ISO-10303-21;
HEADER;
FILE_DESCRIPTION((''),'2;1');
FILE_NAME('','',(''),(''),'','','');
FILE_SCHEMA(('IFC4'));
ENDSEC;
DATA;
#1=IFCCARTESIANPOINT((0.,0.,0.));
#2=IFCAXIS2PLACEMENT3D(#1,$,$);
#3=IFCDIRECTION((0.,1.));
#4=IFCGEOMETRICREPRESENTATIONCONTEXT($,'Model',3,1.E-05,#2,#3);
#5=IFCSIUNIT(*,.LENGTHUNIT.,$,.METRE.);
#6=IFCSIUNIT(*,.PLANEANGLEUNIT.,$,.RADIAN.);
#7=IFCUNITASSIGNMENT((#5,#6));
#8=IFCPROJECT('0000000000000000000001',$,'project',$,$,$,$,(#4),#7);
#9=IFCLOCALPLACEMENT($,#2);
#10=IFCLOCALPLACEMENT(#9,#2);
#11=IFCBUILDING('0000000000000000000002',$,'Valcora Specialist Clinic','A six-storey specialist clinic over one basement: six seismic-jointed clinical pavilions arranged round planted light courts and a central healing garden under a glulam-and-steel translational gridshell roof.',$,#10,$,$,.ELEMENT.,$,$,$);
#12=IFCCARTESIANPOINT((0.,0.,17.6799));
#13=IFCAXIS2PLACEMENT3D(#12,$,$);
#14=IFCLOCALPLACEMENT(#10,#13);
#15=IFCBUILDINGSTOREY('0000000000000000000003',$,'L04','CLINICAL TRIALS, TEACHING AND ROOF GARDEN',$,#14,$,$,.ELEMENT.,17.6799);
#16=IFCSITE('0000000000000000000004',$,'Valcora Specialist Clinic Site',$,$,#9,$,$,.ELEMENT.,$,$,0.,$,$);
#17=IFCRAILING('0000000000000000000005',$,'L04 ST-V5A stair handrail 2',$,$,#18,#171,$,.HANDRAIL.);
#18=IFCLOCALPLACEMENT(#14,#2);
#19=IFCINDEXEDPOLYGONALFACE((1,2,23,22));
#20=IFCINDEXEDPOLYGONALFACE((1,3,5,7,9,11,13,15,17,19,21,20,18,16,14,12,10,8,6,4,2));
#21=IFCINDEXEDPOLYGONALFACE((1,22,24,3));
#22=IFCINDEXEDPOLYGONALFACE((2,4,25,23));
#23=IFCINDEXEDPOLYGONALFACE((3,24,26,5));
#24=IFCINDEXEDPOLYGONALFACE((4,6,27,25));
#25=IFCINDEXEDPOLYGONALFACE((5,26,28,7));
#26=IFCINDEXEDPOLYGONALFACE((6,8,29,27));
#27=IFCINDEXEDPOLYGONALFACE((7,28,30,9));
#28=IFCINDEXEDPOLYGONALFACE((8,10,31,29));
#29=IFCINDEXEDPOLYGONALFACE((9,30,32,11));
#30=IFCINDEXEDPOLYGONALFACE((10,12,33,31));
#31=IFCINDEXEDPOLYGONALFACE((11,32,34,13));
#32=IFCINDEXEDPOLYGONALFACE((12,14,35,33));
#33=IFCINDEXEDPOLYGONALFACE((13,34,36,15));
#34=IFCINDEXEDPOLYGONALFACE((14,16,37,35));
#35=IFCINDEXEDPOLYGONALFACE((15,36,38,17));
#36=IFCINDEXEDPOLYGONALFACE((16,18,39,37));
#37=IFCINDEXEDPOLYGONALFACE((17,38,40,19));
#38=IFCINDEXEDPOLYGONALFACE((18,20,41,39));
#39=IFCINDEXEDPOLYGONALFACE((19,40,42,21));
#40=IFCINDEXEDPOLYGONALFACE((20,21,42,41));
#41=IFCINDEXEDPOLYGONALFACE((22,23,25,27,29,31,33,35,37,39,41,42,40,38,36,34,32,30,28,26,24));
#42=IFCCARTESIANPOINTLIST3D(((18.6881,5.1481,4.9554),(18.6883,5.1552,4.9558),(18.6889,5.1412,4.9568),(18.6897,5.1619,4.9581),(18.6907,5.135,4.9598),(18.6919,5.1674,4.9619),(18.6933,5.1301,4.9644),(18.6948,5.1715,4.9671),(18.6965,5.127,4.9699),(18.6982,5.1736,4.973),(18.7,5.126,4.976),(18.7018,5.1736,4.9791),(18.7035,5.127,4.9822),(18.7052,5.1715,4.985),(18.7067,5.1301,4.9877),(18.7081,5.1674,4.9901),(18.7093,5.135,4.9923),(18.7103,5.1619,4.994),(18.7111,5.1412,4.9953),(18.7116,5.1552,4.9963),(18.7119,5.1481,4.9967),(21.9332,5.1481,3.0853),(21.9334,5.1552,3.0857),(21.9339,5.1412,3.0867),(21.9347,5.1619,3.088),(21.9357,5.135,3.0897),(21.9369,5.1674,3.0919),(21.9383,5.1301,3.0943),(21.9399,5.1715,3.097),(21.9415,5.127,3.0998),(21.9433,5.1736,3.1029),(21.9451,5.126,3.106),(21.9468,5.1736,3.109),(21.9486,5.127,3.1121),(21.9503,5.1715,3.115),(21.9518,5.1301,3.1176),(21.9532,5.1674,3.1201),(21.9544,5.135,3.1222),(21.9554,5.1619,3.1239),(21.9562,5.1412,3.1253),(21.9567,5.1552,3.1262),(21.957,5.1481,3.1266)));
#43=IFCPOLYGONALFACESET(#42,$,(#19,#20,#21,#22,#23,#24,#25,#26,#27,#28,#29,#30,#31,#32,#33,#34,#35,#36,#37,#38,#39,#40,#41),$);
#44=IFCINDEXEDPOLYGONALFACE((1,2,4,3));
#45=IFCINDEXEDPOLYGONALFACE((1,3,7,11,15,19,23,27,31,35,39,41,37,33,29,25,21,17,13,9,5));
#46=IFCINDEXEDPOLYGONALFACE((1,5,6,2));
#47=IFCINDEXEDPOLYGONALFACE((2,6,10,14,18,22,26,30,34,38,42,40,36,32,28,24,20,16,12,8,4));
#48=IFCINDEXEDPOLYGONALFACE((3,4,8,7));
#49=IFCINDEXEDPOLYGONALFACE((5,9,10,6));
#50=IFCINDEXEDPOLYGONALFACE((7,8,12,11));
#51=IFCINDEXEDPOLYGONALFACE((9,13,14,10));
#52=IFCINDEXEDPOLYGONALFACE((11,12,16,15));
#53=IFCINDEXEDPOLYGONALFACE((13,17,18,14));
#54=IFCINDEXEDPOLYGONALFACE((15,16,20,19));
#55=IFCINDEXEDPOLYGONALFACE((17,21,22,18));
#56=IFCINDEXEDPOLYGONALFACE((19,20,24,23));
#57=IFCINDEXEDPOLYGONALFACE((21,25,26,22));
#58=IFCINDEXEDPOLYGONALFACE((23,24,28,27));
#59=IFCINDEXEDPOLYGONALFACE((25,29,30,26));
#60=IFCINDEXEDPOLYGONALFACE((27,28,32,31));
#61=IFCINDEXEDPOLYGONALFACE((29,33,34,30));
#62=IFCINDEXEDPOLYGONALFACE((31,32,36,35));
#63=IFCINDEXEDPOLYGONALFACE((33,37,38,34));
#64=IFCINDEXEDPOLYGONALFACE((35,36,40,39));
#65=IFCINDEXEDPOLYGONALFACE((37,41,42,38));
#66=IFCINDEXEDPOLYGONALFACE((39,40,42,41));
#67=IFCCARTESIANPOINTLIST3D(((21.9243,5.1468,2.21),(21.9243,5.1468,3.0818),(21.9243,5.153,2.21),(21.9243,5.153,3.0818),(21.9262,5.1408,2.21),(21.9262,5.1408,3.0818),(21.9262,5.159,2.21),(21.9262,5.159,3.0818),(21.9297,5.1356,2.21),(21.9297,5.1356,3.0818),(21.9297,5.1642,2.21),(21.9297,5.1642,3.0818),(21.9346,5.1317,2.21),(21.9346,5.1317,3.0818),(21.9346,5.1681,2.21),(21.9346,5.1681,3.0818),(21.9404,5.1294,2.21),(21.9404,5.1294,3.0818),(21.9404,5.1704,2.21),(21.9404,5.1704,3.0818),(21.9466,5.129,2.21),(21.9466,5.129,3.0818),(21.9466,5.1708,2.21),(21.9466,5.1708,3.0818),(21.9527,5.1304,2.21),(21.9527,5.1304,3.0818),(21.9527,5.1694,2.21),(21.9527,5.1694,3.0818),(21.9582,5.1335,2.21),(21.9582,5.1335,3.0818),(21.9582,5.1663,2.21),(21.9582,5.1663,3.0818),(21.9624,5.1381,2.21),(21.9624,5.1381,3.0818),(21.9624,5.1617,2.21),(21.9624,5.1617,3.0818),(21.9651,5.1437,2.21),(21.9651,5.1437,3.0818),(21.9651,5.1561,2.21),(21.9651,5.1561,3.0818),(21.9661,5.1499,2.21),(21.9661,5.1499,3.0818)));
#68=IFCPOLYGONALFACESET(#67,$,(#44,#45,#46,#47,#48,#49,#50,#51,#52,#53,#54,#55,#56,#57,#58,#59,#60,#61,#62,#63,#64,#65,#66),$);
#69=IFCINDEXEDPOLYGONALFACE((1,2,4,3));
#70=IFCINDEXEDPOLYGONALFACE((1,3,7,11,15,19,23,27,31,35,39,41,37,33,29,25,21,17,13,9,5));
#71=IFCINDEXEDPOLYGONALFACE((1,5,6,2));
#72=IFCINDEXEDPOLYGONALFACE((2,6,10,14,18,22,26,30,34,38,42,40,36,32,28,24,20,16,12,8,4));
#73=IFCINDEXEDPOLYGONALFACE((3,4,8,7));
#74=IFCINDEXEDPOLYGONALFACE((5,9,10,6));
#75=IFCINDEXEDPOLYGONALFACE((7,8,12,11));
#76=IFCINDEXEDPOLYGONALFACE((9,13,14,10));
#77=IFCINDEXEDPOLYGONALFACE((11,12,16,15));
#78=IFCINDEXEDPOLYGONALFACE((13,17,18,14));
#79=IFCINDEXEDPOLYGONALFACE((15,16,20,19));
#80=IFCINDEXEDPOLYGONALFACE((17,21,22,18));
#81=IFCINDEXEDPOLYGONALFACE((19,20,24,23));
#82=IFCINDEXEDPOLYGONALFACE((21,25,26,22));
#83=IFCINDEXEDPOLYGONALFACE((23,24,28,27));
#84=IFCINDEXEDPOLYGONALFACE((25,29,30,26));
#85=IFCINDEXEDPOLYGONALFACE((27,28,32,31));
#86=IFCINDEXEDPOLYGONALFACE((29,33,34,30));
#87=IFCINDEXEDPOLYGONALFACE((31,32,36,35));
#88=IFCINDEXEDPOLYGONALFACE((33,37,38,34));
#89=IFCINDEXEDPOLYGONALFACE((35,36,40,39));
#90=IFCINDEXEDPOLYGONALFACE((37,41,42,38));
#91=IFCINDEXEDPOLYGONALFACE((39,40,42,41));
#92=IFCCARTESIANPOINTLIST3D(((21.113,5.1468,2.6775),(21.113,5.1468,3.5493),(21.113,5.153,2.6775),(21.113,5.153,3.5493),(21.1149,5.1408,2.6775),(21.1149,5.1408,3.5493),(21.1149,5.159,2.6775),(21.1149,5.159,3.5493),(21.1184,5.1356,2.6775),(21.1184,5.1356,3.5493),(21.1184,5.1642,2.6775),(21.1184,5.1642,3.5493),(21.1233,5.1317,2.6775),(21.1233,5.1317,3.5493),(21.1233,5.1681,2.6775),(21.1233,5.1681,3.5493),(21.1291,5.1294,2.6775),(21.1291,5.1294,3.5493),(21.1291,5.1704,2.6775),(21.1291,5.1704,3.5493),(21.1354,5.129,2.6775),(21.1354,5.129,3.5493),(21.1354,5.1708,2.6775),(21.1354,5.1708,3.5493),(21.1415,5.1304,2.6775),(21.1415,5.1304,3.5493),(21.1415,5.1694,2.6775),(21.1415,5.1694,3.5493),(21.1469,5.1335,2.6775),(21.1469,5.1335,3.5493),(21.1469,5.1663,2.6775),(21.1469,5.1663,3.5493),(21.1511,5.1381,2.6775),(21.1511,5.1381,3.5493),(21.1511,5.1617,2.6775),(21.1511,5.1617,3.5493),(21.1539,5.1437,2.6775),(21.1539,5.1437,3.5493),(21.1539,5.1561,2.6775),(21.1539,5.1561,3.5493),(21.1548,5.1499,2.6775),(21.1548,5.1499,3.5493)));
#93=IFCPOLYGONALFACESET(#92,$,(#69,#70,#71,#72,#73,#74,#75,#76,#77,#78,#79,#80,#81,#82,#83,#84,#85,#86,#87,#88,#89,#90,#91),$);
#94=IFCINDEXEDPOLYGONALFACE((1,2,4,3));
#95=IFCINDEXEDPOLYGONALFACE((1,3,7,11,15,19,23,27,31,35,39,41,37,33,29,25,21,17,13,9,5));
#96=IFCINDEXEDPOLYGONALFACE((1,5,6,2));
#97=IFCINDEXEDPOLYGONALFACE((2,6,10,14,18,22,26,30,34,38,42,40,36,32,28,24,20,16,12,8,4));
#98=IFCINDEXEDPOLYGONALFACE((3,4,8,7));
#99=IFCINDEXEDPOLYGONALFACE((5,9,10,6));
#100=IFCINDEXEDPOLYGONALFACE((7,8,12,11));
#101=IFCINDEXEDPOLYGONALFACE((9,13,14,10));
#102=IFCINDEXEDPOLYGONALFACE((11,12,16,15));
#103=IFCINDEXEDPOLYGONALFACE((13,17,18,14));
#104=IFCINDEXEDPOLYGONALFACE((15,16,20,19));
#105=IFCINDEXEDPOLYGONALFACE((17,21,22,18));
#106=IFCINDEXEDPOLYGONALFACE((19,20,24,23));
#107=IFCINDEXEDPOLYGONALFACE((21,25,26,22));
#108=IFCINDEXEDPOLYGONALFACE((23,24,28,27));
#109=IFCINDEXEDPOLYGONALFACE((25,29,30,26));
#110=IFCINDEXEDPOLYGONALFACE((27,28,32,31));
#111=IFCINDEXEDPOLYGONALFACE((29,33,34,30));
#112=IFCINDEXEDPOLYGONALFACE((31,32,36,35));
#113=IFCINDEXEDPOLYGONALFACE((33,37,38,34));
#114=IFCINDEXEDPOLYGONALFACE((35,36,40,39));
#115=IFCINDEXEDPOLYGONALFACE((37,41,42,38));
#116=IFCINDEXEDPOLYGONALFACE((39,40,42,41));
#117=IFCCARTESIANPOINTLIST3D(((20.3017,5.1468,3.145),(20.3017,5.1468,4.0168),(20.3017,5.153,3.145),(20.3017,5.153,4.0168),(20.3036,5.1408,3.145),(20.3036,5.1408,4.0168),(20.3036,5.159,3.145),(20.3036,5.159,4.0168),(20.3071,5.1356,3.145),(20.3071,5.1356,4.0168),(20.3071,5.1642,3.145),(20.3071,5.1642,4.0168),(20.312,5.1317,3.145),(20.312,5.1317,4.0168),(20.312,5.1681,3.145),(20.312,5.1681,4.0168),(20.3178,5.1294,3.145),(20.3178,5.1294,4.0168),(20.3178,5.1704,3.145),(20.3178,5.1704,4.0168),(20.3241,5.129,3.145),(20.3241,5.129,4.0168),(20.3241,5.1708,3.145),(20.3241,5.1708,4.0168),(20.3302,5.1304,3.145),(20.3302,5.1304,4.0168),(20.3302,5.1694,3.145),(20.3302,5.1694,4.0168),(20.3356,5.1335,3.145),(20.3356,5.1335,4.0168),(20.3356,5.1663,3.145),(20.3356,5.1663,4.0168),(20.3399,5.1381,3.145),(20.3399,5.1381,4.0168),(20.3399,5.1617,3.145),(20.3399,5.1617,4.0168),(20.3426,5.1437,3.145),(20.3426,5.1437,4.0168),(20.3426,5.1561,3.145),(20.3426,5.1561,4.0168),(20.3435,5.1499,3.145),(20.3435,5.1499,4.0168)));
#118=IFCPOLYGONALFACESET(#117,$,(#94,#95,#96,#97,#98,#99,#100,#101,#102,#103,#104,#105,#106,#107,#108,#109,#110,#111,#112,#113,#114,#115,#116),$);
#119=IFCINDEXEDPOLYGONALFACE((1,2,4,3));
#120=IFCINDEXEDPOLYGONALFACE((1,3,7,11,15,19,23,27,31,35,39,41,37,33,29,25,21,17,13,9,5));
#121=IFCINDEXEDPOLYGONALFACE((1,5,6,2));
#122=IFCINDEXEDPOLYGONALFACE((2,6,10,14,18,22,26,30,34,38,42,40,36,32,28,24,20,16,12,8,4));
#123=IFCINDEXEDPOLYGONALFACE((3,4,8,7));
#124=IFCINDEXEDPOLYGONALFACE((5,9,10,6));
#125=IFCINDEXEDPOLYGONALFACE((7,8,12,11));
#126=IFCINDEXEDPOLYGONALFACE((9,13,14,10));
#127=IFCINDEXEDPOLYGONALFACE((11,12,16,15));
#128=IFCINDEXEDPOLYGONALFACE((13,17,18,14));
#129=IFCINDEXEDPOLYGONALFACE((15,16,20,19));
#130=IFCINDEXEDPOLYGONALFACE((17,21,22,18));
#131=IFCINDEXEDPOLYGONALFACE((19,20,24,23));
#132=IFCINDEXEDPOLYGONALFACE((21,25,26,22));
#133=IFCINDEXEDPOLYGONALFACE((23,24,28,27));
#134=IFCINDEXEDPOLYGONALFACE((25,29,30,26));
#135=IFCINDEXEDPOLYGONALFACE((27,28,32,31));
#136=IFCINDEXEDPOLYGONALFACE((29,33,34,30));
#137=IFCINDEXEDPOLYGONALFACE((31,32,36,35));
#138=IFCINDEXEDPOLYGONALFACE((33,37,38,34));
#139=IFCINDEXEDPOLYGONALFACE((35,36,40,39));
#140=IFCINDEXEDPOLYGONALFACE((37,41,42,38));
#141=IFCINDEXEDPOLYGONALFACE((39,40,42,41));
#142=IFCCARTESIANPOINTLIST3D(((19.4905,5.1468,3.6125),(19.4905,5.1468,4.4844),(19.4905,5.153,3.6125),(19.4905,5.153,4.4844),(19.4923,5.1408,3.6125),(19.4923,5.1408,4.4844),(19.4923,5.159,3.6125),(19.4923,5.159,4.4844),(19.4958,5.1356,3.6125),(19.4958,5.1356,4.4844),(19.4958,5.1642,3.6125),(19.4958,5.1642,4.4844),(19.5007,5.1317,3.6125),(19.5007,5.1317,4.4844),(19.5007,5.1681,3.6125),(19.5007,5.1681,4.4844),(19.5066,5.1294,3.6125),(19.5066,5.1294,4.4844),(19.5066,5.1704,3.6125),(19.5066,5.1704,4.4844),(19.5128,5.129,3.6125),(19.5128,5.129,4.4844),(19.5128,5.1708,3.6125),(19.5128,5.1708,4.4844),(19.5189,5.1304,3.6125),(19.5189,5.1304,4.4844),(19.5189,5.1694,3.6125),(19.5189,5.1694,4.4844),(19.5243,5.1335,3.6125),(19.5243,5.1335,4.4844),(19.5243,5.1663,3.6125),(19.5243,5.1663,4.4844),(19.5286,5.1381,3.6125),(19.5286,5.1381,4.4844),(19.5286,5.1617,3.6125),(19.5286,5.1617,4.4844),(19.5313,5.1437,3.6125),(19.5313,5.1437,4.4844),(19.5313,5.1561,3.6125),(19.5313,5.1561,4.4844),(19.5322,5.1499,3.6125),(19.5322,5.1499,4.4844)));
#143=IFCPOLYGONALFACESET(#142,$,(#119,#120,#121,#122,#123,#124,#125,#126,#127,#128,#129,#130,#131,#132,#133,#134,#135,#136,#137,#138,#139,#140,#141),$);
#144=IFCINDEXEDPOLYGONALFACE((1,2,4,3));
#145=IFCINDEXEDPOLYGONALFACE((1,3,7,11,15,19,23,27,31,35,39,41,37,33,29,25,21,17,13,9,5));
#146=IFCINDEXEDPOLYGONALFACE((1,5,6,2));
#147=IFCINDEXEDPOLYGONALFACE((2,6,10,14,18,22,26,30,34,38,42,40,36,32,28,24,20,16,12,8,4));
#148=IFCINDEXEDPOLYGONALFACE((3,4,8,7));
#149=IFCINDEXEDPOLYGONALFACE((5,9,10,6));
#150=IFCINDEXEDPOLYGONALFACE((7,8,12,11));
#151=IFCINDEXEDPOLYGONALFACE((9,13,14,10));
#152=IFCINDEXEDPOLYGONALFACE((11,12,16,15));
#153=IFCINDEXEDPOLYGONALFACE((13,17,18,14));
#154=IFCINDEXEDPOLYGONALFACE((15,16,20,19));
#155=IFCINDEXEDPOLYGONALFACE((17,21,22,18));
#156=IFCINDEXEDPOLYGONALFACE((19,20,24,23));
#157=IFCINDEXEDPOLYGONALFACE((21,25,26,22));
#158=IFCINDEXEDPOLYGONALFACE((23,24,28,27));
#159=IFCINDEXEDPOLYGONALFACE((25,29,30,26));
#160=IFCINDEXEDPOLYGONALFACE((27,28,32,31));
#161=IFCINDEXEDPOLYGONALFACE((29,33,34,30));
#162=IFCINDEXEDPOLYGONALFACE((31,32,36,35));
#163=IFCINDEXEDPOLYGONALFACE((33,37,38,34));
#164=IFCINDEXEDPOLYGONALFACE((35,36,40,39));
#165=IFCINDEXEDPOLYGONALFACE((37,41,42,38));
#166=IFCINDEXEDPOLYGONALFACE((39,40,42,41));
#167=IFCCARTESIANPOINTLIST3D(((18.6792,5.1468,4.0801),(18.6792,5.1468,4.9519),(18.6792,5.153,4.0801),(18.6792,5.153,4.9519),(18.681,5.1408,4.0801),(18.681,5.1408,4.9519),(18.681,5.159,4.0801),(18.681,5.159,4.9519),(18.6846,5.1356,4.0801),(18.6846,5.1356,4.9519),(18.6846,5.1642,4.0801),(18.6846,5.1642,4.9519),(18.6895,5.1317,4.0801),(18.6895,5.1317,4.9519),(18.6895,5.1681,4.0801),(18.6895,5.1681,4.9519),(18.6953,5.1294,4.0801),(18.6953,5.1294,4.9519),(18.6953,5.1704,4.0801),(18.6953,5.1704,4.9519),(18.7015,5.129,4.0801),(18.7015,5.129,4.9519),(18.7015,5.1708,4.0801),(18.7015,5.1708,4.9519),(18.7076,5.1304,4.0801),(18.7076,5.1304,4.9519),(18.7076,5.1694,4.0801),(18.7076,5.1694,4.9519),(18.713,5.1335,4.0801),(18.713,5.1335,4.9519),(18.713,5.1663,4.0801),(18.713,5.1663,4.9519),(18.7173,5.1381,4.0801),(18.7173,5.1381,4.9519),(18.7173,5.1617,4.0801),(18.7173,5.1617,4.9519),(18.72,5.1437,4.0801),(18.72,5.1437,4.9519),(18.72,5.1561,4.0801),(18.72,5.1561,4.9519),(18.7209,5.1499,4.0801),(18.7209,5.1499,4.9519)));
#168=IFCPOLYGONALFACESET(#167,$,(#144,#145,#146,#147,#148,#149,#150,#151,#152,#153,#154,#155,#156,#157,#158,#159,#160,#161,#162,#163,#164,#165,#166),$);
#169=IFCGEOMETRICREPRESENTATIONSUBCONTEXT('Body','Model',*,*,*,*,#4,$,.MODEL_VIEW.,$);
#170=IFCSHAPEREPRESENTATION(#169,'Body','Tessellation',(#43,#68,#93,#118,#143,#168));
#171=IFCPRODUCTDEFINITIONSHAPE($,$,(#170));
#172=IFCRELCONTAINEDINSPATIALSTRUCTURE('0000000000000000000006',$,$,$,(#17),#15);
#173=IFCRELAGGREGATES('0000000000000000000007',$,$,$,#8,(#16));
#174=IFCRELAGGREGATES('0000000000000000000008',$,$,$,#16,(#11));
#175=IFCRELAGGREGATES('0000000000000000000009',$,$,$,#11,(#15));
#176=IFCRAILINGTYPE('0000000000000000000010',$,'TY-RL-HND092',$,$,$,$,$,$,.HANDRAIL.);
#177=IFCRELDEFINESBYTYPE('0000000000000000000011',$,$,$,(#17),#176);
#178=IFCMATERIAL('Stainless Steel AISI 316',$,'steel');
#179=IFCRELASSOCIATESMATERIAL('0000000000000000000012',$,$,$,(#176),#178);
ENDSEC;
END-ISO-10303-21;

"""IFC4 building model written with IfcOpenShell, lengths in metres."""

from ifc_helpers import new_model, si_unit, direction, frame, origin, origin_2d, place, context, subcontext, project, spatial, circle, extrude, material, type_object, element, save


model = new_model("IFC4")

# Units and contexts
model_context = context("Model", 3, precision=1e-05, world=origin(), true_north=direction((0.0, 1.0)))
body_context = subcontext(model_context, "Body", "Model", "MODEL_VIEW")
ifc_project = project(units=[si_unit("LENGTHUNIT", "METRE"), si_unit("PLANEANGLEUNIT", "RADIAN")], contexts=[model_context])

# Site, building, storey
site_placement = place(None, origin())
site = spatial("IfcSite", under=ifc_project, at=site_placement, Name="Valcora Specialist Clinic Site", CompositionType="ELEMENT", RefElevation=0.0)
building_placement = place(site_placement, origin())
building = spatial("IfcBuilding", under=site, at=building_placement, Name="Valcora Specialist Clinic", Description="A six-storey specialist clinic over one basement: six seismic-jointed clinical pavilions arranged round planted light courts and a central healing garden under a glulam-and-steel translational gridshell roof.", CompositionType="ELEMENT")
storey_placement = place(building_placement, frame((0.0, 0.0, 17.6799)))
storey = spatial("IfcBuildingStorey", under=building, at=storey_placement, Name="L04", Description="CLINICAL TRIALS, TEACHING AND ROOF GARDEN", CompositionType="ELEMENT", Elevation=17.6799)

# Railing
ifc_material_1 = material(Name="Stainless Steel AISI 316", Category="steel")
railing_type_1 = type_object("IfcRailingType", Name="TY-RL-HND092", PredefinedType="HANDRAIL", material=ifc_material_1)
railing_1_placement = place(storey_placement, frame((21.9451, 5.1499, 2.21)))
element("IfcRailing", 1, at=railing_1_placement, inside=storey, type_object=railing_type_1, Name="L04 ST-V5A stair handrail 2", PredefinedType="HANDRAIL", context=body_context, shape_type="SweptSolid", body=[
    extrude(circle(Radius=0.0239, at=origin_2d()), frame((0.0, 0.0, 0.896), z_axis=(-0.866424, 0.0, 0.499309), x_axis=(0.0, -1.0, 0.0)), (0.0, 0.0, 1.0), 3.7454),
    extrude(circle(Radius=0.021, at=origin_2d()), origin(), (0.0, 0.0, 1.0), 0.8718),
    extrude(circle(Radius=0.021, at=origin_2d()), frame((-0.8113, 0.0, 0.4675)), (0.0, 0.0, 1.0), 0.8718),
    extrude(circle(Radius=0.021, at=origin_2d()), frame((-1.6226, 0.0, 0.9351)), (0.0, 0.0, 1.0), 0.8718),
    extrude(circle(Radius=0.021, at=origin_2d()), frame((-2.4338, 0.0, 1.4026)), (0.0, 0.0, 1.0), 0.8718),
    extrude(circle(Radius=0.021, at=origin_2d()), frame((-3.2451, 0.0, 1.8701)), (0.0, 0.0, 1.0), 0.8718),
])

save(model, "model.ifc")
